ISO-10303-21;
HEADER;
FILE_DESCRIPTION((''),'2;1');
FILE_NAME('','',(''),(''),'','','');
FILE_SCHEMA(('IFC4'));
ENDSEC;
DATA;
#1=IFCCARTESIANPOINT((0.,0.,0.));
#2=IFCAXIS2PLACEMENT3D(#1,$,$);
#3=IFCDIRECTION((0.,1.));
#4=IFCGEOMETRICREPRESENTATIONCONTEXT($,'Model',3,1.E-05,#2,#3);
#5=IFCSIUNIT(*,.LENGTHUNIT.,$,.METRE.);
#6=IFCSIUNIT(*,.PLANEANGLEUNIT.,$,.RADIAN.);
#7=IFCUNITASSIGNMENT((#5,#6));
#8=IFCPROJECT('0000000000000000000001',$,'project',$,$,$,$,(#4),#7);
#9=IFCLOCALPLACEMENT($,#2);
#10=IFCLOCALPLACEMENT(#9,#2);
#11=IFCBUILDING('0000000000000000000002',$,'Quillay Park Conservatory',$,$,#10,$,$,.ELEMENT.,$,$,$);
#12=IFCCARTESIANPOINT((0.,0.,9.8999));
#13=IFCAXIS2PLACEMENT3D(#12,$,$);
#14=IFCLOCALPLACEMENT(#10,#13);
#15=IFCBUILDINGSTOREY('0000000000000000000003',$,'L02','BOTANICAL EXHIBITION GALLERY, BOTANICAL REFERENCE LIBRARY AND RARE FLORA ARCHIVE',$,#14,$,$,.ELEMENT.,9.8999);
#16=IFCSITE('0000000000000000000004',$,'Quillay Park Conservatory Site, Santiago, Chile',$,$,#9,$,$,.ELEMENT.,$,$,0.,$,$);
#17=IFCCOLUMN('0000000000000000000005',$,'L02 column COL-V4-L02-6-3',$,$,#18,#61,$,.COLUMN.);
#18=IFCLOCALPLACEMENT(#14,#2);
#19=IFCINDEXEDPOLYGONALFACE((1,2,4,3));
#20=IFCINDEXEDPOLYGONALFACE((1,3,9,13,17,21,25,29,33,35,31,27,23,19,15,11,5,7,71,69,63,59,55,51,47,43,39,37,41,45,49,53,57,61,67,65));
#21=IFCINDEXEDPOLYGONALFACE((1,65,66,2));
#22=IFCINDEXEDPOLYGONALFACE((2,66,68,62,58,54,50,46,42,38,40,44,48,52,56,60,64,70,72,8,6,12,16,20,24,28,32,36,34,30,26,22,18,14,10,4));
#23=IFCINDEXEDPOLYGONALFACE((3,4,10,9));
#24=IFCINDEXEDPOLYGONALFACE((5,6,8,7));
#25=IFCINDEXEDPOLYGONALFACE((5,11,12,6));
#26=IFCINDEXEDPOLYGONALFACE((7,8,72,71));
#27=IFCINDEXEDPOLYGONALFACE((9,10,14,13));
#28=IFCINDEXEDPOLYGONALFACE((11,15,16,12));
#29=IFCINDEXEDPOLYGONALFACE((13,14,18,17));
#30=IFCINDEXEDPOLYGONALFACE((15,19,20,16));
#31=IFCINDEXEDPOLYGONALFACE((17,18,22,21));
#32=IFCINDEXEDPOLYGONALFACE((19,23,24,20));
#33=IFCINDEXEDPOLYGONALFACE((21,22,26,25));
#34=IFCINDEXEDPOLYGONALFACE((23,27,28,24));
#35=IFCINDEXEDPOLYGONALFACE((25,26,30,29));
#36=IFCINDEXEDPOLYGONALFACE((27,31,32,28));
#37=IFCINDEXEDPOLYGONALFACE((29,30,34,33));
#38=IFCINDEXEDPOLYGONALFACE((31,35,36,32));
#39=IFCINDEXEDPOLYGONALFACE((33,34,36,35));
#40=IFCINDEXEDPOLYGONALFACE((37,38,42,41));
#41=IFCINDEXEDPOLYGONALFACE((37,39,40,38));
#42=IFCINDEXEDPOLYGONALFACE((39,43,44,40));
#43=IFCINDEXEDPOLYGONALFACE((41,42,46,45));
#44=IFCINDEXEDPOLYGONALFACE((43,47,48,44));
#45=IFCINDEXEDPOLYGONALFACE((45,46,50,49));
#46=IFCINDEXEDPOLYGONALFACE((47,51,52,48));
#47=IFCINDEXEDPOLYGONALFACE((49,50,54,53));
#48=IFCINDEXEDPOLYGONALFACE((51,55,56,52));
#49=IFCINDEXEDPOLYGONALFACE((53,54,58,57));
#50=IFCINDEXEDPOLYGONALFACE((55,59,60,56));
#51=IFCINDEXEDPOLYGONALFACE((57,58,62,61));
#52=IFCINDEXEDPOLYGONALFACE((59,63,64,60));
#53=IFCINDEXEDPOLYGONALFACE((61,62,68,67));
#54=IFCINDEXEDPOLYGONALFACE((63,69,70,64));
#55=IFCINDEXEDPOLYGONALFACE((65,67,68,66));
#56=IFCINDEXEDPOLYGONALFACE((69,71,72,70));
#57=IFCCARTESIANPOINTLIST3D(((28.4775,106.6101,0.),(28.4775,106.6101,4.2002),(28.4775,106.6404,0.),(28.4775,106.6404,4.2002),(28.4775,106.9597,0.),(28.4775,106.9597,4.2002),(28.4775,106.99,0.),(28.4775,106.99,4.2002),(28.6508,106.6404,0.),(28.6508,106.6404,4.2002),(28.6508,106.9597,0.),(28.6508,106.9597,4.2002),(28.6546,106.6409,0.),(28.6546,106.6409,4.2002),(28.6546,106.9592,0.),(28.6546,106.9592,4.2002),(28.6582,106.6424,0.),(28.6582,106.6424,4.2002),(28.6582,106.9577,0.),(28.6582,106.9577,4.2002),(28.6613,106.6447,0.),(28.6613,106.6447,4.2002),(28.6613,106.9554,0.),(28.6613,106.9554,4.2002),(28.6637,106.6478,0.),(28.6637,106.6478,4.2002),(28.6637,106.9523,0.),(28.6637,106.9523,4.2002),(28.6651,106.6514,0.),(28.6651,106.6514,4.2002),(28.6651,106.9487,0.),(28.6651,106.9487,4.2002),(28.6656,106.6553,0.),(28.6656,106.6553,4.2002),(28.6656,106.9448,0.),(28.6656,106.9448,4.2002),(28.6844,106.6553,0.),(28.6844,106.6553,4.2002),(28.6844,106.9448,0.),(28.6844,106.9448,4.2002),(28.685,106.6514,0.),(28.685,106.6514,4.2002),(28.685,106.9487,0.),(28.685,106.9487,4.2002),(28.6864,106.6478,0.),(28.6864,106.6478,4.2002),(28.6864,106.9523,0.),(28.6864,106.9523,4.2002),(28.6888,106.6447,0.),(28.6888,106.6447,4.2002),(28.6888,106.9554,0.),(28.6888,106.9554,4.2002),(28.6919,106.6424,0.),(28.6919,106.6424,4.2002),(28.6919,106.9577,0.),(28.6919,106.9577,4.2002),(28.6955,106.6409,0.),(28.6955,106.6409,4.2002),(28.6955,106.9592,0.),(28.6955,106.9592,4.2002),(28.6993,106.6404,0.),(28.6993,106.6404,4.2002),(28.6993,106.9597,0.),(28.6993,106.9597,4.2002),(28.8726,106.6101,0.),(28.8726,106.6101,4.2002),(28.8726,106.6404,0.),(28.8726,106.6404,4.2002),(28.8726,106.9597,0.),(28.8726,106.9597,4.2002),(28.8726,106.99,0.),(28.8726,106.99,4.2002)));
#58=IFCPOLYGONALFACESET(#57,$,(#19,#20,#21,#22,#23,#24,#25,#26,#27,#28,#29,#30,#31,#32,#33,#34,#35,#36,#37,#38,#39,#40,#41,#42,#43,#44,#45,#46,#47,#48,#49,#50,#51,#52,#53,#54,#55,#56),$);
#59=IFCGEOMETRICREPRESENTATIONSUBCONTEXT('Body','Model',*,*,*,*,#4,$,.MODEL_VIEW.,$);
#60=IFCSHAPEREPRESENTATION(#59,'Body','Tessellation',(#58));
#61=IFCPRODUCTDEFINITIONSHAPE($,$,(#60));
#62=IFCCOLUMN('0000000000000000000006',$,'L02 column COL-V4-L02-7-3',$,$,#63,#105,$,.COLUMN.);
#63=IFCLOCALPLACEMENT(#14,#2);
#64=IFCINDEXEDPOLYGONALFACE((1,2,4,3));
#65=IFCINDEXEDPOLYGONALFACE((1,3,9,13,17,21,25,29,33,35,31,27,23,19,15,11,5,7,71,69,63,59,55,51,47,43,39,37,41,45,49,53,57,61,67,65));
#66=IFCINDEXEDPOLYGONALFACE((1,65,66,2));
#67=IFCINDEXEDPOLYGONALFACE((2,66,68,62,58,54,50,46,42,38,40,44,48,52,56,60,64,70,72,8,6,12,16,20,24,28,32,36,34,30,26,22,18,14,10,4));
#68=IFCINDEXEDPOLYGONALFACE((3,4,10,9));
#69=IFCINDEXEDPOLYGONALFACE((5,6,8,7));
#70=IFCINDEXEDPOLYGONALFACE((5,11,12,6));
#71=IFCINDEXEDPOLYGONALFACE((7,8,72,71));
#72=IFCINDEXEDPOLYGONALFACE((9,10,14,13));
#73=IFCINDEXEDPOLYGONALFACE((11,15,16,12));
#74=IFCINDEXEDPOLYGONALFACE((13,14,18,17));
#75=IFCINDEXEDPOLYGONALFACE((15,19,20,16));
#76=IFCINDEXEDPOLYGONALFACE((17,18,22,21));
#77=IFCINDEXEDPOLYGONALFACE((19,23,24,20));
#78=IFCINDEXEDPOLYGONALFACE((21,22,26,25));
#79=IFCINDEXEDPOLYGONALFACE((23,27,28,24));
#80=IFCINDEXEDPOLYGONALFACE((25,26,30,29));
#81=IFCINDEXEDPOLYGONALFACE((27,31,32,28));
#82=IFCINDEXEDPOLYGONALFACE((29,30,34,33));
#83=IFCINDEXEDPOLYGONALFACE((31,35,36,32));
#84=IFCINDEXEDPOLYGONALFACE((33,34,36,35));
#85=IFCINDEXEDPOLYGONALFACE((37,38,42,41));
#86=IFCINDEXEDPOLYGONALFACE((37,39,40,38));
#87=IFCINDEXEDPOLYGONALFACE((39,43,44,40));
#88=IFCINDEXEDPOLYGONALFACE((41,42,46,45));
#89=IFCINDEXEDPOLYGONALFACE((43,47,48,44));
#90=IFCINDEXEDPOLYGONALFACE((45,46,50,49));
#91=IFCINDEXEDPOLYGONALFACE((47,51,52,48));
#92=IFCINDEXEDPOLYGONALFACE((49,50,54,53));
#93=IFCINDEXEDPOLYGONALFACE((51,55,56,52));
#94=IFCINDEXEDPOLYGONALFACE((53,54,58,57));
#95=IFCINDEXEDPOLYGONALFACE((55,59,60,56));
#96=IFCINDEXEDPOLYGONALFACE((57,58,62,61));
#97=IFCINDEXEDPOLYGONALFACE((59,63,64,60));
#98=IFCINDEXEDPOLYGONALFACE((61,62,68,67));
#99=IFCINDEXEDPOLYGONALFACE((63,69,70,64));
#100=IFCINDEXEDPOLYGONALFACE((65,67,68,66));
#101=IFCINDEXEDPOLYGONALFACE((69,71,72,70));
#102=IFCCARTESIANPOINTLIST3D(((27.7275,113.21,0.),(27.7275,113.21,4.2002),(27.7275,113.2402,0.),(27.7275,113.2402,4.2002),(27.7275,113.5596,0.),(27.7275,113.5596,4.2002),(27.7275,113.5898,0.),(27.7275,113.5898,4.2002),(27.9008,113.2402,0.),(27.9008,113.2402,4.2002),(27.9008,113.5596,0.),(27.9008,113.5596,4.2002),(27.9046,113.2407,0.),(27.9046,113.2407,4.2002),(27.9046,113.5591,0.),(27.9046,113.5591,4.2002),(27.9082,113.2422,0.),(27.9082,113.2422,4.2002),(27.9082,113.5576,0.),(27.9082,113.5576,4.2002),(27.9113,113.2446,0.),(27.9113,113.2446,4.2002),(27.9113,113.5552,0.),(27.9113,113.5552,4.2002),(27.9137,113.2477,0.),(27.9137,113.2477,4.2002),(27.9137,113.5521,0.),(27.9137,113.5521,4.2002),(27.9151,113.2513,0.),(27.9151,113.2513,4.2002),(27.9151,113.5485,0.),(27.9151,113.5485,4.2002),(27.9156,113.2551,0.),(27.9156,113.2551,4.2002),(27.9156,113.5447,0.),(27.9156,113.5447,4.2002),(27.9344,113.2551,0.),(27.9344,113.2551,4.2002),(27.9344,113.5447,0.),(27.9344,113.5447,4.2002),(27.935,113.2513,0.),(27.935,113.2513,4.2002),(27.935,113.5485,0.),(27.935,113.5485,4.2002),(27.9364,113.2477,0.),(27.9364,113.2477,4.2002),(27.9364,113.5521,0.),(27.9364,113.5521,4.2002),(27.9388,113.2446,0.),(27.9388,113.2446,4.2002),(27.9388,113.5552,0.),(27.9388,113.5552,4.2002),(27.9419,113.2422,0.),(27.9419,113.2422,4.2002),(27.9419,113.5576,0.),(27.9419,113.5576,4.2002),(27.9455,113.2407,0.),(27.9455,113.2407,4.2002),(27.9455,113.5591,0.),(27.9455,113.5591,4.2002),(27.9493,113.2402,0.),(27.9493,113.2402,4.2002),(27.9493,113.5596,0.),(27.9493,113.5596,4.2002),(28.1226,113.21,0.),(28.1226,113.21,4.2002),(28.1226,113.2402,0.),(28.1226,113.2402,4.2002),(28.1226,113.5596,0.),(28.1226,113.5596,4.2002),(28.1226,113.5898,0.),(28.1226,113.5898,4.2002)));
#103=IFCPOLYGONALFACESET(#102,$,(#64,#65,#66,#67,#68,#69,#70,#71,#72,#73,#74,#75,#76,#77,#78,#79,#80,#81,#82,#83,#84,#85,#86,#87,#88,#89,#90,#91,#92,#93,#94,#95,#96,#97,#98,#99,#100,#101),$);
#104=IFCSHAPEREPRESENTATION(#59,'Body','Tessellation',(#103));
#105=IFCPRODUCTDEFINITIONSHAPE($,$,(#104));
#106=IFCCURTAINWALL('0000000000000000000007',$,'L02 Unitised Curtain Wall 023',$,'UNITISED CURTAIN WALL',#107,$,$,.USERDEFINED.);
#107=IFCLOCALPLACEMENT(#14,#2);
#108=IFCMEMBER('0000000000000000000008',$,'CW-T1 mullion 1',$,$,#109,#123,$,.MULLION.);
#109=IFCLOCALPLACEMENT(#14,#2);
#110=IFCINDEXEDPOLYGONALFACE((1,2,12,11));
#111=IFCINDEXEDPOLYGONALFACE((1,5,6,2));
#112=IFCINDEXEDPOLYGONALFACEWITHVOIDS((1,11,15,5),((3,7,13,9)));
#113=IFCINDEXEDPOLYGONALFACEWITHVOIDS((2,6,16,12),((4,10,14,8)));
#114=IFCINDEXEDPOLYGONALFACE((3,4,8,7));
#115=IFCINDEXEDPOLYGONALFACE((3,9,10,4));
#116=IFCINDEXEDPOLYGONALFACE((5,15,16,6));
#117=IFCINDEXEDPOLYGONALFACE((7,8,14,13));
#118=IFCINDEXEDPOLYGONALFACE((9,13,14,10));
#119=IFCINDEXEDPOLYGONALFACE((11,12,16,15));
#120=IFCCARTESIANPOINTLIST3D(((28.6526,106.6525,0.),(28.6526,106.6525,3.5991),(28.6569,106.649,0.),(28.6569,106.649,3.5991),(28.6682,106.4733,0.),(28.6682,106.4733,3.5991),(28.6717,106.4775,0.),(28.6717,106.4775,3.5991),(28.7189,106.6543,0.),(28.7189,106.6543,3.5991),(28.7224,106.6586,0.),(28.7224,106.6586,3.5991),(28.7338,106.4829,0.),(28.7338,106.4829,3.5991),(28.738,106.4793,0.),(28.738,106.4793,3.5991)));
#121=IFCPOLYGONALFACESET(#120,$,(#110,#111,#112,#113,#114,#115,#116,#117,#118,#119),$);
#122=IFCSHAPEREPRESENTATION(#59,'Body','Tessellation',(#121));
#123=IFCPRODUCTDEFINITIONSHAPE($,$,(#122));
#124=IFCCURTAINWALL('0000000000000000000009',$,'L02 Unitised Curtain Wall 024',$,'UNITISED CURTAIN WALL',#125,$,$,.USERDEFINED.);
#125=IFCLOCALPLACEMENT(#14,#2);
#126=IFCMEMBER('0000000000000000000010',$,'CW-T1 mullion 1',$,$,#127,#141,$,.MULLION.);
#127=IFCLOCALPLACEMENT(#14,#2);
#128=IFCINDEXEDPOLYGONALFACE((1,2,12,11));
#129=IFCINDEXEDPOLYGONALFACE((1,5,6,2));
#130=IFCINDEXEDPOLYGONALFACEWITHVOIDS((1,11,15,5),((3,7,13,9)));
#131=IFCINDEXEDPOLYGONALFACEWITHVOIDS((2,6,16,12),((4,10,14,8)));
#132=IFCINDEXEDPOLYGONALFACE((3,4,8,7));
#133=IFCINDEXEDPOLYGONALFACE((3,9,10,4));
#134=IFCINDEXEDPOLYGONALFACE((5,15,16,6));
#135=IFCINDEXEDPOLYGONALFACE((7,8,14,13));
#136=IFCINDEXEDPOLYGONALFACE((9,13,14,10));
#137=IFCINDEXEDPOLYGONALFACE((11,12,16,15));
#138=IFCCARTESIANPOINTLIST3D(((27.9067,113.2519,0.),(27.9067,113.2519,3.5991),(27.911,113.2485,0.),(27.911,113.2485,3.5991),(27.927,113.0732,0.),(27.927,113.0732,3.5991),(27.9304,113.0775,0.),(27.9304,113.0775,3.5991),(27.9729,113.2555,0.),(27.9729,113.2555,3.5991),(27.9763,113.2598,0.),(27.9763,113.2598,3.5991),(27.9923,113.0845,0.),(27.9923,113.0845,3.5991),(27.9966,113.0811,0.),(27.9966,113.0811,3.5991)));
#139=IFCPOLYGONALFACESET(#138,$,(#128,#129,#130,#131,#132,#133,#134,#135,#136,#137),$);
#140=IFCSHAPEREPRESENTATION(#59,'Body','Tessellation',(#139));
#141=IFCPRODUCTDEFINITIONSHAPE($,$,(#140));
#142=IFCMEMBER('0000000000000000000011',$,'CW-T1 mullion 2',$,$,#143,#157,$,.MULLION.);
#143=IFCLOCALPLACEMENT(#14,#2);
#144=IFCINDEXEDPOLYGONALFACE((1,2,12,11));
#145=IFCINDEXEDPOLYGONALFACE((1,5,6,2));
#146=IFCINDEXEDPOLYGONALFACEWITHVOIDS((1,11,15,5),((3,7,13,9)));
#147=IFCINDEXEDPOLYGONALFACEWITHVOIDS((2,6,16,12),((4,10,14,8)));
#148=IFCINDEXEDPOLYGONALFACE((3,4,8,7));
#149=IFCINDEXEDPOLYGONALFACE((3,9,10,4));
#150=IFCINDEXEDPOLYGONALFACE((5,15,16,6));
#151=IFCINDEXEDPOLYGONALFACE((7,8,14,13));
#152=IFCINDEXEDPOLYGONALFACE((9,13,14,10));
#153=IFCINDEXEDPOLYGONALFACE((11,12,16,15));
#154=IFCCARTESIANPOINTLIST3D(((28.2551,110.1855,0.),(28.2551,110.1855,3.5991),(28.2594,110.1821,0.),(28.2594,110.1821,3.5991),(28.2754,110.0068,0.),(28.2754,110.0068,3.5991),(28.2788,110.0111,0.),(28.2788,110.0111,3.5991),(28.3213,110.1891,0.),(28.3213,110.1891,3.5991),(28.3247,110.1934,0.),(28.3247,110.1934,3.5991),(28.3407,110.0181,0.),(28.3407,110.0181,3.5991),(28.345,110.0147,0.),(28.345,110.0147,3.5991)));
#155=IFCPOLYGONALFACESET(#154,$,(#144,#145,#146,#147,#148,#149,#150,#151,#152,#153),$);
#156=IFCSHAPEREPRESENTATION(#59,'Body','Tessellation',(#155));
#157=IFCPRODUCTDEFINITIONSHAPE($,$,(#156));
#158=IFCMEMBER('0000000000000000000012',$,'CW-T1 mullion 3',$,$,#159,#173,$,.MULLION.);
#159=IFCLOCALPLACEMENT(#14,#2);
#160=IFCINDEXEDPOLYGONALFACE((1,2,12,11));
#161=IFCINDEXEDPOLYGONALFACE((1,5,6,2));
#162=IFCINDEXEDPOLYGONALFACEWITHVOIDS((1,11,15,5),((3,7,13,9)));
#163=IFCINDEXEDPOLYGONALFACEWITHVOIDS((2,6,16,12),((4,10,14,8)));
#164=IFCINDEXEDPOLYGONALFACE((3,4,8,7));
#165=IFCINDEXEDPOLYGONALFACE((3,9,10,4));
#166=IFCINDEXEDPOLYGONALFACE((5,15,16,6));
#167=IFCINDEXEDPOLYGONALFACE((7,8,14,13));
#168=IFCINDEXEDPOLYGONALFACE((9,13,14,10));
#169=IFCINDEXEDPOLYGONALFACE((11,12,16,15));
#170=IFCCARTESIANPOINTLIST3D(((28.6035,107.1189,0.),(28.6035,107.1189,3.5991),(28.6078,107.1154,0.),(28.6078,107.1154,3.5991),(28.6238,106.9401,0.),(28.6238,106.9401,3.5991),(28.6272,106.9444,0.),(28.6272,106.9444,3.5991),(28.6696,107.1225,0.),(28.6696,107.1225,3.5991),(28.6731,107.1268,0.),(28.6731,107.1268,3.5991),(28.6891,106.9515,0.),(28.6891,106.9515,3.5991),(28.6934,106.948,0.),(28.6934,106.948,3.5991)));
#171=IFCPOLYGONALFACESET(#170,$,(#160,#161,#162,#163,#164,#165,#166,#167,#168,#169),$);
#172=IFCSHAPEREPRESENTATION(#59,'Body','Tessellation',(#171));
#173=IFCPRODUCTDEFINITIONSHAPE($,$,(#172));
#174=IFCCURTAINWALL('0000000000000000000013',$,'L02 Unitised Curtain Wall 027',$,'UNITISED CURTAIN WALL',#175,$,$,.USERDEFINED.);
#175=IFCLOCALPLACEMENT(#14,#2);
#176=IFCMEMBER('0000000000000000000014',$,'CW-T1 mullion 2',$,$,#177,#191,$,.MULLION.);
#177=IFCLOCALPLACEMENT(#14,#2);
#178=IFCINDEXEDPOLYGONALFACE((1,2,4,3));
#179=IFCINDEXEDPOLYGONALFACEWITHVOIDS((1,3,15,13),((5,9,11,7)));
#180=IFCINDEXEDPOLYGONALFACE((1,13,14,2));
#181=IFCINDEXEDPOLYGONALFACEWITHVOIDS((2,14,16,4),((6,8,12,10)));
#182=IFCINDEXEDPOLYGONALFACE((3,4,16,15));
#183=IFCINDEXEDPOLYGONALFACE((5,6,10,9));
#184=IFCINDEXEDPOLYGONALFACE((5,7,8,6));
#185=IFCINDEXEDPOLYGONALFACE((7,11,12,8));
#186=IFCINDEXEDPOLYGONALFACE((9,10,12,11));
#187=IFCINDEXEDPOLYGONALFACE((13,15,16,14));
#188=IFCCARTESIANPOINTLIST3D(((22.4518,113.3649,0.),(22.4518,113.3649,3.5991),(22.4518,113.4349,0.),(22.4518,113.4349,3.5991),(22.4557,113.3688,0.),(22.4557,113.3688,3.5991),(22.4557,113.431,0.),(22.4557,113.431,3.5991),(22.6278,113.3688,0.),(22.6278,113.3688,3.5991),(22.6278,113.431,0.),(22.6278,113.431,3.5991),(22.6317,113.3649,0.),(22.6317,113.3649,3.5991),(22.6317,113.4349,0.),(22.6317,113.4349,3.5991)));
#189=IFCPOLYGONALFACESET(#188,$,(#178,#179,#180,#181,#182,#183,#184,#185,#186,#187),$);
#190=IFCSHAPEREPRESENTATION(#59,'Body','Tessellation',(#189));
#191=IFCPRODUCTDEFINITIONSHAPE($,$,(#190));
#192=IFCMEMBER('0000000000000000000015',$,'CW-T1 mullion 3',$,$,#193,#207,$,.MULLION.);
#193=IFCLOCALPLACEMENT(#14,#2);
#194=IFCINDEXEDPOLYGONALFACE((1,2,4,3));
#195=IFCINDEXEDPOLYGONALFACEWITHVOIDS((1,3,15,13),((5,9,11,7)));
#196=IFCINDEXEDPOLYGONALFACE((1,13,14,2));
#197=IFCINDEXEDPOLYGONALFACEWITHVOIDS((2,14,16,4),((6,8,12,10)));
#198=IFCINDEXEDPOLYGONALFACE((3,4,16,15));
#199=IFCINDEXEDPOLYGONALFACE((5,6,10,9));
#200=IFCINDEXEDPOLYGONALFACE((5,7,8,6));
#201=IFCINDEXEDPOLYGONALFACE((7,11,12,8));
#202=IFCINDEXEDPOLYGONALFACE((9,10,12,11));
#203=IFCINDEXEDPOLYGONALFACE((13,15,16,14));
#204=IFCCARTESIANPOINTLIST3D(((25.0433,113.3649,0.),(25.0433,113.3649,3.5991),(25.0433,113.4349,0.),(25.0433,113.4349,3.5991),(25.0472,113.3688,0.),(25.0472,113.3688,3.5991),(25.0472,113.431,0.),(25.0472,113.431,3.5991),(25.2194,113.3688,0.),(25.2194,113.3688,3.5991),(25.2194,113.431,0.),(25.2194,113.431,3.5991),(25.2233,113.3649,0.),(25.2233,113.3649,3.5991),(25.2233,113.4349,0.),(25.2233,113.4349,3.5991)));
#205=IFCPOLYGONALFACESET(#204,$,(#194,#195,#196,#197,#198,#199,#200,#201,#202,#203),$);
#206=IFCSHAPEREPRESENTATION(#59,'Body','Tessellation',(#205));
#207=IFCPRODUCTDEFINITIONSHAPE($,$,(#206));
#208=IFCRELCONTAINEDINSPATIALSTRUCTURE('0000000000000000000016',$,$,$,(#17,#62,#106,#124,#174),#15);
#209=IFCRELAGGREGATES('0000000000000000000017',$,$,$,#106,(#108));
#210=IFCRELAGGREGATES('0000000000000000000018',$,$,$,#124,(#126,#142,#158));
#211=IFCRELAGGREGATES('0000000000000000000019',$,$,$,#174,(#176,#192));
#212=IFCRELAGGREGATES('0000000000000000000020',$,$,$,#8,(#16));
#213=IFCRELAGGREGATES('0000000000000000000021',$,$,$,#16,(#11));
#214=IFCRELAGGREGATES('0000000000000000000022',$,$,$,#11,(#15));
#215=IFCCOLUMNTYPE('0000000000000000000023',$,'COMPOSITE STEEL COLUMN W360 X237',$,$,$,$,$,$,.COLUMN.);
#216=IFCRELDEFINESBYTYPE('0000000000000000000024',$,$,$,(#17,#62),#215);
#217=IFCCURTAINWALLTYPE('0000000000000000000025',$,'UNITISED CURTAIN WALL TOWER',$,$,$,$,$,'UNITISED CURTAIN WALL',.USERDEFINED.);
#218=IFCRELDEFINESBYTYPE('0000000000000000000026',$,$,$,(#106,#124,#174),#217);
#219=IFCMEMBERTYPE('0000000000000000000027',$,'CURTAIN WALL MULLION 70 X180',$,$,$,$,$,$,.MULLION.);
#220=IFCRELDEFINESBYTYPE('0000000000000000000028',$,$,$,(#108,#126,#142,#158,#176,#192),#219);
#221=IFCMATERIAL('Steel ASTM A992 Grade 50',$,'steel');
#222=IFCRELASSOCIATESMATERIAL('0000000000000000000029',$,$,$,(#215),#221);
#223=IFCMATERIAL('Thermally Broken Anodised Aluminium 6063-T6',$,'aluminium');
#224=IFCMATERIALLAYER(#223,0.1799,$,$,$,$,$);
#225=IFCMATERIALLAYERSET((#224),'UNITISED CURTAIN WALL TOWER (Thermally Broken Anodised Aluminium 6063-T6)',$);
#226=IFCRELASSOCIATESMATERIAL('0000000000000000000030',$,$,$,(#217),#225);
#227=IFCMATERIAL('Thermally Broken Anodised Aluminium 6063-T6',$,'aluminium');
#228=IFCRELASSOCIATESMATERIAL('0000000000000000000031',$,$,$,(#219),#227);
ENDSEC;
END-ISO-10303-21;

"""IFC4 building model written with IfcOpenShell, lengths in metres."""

from ifc_helpers import new_model, si_unit, direction, frame, origin, origin_2d, place, context, subcontext, project, spatial, hollow_rectangle, i_section, extrude, material, layer, layer_set, material_profile, profile_set, type_object, element, aggregate, save


model = new_model("IFC4")

# Units and contexts
model_context = context("Model", 3, precision=1e-05, world=origin(), true_north=direction((0.0, 1.0)))
body_context = subcontext(model_context, "Body", "Model", "MODEL_VIEW")
ifc_project = project(units=[si_unit("LENGTHUNIT", "METRE"), si_unit("PLANEANGLEUNIT", "RADIAN")], contexts=[model_context])

# Site, building, storey
site_placement = place(None, origin())
site = spatial("IfcSite", under=ifc_project, at=site_placement, Name="Quillay Park Conservatory Site, Santiago, Chile", CompositionType="ELEMENT", RefElevation=0.0)
building_placement = place(site_placement, origin())
building = spatial("IfcBuilding", under=site, at=building_placement, Name="Quillay Park Conservatory", CompositionType="ELEMENT")
storey_placement = place(building_placement, frame((0.0, 0.0, 9.8999)))
storey = spatial("IfcBuildingStorey", under=building, at=storey_placement, Name="L02", Description="BOTANICAL EXHIBITION GALLERY, BOTANICAL REFERENCE LIBRARY AND RARE FLORA ARCHIVE", CompositionType="ELEMENT", Elevation=9.8999)

# Columns
ifc_material_1 = material(Name="Steel ASTM A992 Grade 50", Category="steel")
ifc_material_profile_1 = material_profile(ifc_material_1, i_section(OverallWidth=0.395, OverallDepth=0.3799, WebThickness=0.0188, FlangeThickness=0.0303, FilletRadius=0.0149, at=origin_2d()), Name="W360x237")
ifc_profile_set_1 = profile_set([ifc_material_profile_1], Name="Steel ASTM A992 Grade 50")
column_type = type_object("IfcColumnType", Name="COMPOSITE STEEL COLUMN W360 X237", PredefinedType="COLUMN", material=ifc_profile_set_1)
for number, where, z_axis, x_axis, name in (
    (1, (28.675, 106.8, 0.0), (0.0, 0.0, 1.0), (1.0, 0.0, 0.0), "L02 column COL-V4-L02-6-3"),
    (2, (27.925, 113.3999, 0.0), (0.0, 0.0, 1.0), (1.0, 0.0, 0.0), "L02 column COL-V4-L02-7-3"),
):
    element("IfcColumn", number, at=place(storey_placement, frame(where, z_axis=z_axis, x_axis=x_axis)), inside=storey, type_object=column_type, Name=name, PredefinedType="COLUMN", context=body_context, shape_type="SweptSolid", body=[
        extrude(i_section(OverallWidth=0.395, OverallDepth=0.3799, WebThickness=0.0188, FlangeThickness=0.0303, FilletRadius=0.0149, at=origin_2d()), origin(), (0.0, 0.0, 1.0), 4.2002),
    ])

# Curtain wall, member
ifc_material_2 = material(Name="Thermally Broken Anodised Aluminium 6063-T6", Category="aluminium")
ifc_layer_1 = layer(ifc_material_2, 0.1799)
ifc_layer_set_1 = layer_set([ifc_layer_1], Name="UNITISED CURTAIN WALL TOWER (Thermally Broken Anodised Aluminium 6063-T6)")
curtain_wall_type = type_object("IfcCurtainWallType", Name="UNITISED CURTAIN WALL TOWER", ElementType="UNITISED CURTAIN WALL", PredefinedType="USERDEFINED", material=ifc_layer_set_1)
curtain_wall_1_placement = place(storey_placement, origin())
curtain_wall_1 = element("IfcCurtainWall", 3, at=curtain_wall_1_placement, inside=storey, type_object=curtain_wall_type, Name="L02 Unitised Curtain Wall 023", ObjectType="UNITISED CURTAIN WALL", PredefinedType="USERDEFINED")
ifc_material_3 = material(Name="Thermally Broken Anodised Aluminium 6063-T6", Category="aluminium")
ifc_material_profile_2 = material_profile(ifc_material_3, hollow_rectangle(XDim=0.0701, YDim=0.1799, WallThickness=0.0039, at=origin_2d()), Name="AL70x180x4")
ifc_profile_set_2 = profile_set([ifc_material_profile_2], Name="Thermally Broken Anodised Aluminium 6063-T6")
member_type_1 = type_object("IfcMemberType", Name="CURTAIN WALL MULLION 70 X180", PredefinedType="MULLION", material=ifc_profile_set_2)
member_1_placement = place(storey_placement, frame((28.6953, 106.5659, 0.0), z_axis=(0.0, 0.0, 1.0), x_axis=(0.996254, 0.08648, 0.0)))
member_1 = element("IfcMember", 4, at=member_1_placement, type_object=member_type_1, Name="CW-T1 mullion 1", PredefinedType="MULLION", context=body_context, shape_type="SweptSolid", body=[
    extrude(hollow_rectangle(XDim=0.0701, YDim=0.1799, WallThickness=0.0039, at=origin_2d()), origin(), (0.0, 0.0, 1.0), 3.5991),
])

# Curtain walls, members
curtain_wall_2_placement = place(storey_placement, origin())
curtain_wall_2 = element("IfcCurtainWall", 5, at=curtain_wall_2_placement, inside=storey, type_object=curtain_wall_type, Name="L02 Unitised Curtain Wall 024", ObjectType="UNITISED CURTAIN WALL", PredefinedType="USERDEFINED")
member_2_placement = place(storey_placement, frame((27.9517, 113.1665, 0.0), z_axis=(0.0, 0.0, 1.0), x_axis=(0.993606, 0.112903, 0.0)))
member_2 = element("IfcMember", 6, at=member_2_placement, type_object=member_type_1, Name="CW-T1 mullion 1", PredefinedType="MULLION", context=body_context, shape_type="SweptSolid", body=[
    extrude(hollow_rectangle(XDim=0.0701, YDim=0.1799, WallThickness=0.0039, at=origin_2d()), origin(), (0.0, 0.0, 1.0), 3.5991),
])
member_3_placement = place(storey_placement, frame((28.3, 110.1001, 0.0), z_axis=(0.0, 0.0, 1.0), x_axis=(0.993606, 0.112903, 0.0)))
member_3 = element("IfcMember", 7, at=member_3_placement, type_object=member_type_1, Name="CW-T1 mullion 2", PredefinedType="MULLION", context=body_context, shape_type="SweptSolid", body=[
    extrude(hollow_rectangle(XDim=0.0701, YDim=0.1799, WallThickness=0.0039, at=origin_2d()), origin(), (0.0, 0.0, 1.0), 3.5991),
])
member_4_placement = place(storey_placement, frame((28.6484, 107.0334, 0.0), z_axis=(0.0, 0.0, 1.0), x_axis=(0.993606, 0.112903, 0.0)))
member_4 = element("IfcMember", 8, at=member_4_placement, type_object=member_type_1, Name="CW-T1 mullion 3", PredefinedType="MULLION", context=body_context, shape_type="SweptSolid", body=[
    extrude(hollow_rectangle(XDim=0.0701, YDim=0.1799, WallThickness=0.0039, at=origin_2d()), origin(), (0.0, 0.0, 1.0), 3.5991),
])
curtain_wall_3_placement = place(storey_placement, origin())
curtain_wall_3 = element("IfcCurtainWall", 9, at=curtain_wall_3_placement, inside=storey, type_object=curtain_wall_type, Name="L02 Unitised Curtain Wall 027", ObjectType="UNITISED CURTAIN WALL", PredefinedType="USERDEFINED")
member_5_placement = place(storey_placement, frame((22.5417, 113.3999, 0.0), z_axis=(0.0, 0.0, 1.0), x_axis=(0.0, 1.0, 0.0)))
member_5 = element("IfcMember", 10, at=member_5_placement, type_object=member_type_1, Name="CW-T1 mullion 2", PredefinedType="MULLION", context=body_context, shape_type="SweptSolid", body=[
    extrude(hollow_rectangle(XDim=0.0701, YDim=0.1799, WallThickness=0.0039, at=origin_2d()), origin(), (0.0, 0.0, 1.0), 3.5991),
])
member_6_placement = place(storey_placement, frame((25.1333, 113.3999, 0.0), z_axis=(0.0, 0.0, 1.0), x_axis=(0.0, 1.0, 0.0)))
member_6 = element("IfcMember", 11, at=member_6_placement, type_object=member_type_1, Name="CW-T1 mullion 3", PredefinedType="MULLION", context=body_context, shape_type="SweptSolid", body=[
    extrude(hollow_rectangle(XDim=0.0701, YDim=0.1799, WallThickness=0.0039, at=origin_2d()), origin(), (0.0, 0.0, 1.0), 3.5991),
])

aggregate(curtain_wall_1, [member_1])

aggregate(curtain_wall_2, [member_2, member_3, member_4])
aggregate(curtain_wall_3, [member_5, member_6])

save(model, "model.ifc")
